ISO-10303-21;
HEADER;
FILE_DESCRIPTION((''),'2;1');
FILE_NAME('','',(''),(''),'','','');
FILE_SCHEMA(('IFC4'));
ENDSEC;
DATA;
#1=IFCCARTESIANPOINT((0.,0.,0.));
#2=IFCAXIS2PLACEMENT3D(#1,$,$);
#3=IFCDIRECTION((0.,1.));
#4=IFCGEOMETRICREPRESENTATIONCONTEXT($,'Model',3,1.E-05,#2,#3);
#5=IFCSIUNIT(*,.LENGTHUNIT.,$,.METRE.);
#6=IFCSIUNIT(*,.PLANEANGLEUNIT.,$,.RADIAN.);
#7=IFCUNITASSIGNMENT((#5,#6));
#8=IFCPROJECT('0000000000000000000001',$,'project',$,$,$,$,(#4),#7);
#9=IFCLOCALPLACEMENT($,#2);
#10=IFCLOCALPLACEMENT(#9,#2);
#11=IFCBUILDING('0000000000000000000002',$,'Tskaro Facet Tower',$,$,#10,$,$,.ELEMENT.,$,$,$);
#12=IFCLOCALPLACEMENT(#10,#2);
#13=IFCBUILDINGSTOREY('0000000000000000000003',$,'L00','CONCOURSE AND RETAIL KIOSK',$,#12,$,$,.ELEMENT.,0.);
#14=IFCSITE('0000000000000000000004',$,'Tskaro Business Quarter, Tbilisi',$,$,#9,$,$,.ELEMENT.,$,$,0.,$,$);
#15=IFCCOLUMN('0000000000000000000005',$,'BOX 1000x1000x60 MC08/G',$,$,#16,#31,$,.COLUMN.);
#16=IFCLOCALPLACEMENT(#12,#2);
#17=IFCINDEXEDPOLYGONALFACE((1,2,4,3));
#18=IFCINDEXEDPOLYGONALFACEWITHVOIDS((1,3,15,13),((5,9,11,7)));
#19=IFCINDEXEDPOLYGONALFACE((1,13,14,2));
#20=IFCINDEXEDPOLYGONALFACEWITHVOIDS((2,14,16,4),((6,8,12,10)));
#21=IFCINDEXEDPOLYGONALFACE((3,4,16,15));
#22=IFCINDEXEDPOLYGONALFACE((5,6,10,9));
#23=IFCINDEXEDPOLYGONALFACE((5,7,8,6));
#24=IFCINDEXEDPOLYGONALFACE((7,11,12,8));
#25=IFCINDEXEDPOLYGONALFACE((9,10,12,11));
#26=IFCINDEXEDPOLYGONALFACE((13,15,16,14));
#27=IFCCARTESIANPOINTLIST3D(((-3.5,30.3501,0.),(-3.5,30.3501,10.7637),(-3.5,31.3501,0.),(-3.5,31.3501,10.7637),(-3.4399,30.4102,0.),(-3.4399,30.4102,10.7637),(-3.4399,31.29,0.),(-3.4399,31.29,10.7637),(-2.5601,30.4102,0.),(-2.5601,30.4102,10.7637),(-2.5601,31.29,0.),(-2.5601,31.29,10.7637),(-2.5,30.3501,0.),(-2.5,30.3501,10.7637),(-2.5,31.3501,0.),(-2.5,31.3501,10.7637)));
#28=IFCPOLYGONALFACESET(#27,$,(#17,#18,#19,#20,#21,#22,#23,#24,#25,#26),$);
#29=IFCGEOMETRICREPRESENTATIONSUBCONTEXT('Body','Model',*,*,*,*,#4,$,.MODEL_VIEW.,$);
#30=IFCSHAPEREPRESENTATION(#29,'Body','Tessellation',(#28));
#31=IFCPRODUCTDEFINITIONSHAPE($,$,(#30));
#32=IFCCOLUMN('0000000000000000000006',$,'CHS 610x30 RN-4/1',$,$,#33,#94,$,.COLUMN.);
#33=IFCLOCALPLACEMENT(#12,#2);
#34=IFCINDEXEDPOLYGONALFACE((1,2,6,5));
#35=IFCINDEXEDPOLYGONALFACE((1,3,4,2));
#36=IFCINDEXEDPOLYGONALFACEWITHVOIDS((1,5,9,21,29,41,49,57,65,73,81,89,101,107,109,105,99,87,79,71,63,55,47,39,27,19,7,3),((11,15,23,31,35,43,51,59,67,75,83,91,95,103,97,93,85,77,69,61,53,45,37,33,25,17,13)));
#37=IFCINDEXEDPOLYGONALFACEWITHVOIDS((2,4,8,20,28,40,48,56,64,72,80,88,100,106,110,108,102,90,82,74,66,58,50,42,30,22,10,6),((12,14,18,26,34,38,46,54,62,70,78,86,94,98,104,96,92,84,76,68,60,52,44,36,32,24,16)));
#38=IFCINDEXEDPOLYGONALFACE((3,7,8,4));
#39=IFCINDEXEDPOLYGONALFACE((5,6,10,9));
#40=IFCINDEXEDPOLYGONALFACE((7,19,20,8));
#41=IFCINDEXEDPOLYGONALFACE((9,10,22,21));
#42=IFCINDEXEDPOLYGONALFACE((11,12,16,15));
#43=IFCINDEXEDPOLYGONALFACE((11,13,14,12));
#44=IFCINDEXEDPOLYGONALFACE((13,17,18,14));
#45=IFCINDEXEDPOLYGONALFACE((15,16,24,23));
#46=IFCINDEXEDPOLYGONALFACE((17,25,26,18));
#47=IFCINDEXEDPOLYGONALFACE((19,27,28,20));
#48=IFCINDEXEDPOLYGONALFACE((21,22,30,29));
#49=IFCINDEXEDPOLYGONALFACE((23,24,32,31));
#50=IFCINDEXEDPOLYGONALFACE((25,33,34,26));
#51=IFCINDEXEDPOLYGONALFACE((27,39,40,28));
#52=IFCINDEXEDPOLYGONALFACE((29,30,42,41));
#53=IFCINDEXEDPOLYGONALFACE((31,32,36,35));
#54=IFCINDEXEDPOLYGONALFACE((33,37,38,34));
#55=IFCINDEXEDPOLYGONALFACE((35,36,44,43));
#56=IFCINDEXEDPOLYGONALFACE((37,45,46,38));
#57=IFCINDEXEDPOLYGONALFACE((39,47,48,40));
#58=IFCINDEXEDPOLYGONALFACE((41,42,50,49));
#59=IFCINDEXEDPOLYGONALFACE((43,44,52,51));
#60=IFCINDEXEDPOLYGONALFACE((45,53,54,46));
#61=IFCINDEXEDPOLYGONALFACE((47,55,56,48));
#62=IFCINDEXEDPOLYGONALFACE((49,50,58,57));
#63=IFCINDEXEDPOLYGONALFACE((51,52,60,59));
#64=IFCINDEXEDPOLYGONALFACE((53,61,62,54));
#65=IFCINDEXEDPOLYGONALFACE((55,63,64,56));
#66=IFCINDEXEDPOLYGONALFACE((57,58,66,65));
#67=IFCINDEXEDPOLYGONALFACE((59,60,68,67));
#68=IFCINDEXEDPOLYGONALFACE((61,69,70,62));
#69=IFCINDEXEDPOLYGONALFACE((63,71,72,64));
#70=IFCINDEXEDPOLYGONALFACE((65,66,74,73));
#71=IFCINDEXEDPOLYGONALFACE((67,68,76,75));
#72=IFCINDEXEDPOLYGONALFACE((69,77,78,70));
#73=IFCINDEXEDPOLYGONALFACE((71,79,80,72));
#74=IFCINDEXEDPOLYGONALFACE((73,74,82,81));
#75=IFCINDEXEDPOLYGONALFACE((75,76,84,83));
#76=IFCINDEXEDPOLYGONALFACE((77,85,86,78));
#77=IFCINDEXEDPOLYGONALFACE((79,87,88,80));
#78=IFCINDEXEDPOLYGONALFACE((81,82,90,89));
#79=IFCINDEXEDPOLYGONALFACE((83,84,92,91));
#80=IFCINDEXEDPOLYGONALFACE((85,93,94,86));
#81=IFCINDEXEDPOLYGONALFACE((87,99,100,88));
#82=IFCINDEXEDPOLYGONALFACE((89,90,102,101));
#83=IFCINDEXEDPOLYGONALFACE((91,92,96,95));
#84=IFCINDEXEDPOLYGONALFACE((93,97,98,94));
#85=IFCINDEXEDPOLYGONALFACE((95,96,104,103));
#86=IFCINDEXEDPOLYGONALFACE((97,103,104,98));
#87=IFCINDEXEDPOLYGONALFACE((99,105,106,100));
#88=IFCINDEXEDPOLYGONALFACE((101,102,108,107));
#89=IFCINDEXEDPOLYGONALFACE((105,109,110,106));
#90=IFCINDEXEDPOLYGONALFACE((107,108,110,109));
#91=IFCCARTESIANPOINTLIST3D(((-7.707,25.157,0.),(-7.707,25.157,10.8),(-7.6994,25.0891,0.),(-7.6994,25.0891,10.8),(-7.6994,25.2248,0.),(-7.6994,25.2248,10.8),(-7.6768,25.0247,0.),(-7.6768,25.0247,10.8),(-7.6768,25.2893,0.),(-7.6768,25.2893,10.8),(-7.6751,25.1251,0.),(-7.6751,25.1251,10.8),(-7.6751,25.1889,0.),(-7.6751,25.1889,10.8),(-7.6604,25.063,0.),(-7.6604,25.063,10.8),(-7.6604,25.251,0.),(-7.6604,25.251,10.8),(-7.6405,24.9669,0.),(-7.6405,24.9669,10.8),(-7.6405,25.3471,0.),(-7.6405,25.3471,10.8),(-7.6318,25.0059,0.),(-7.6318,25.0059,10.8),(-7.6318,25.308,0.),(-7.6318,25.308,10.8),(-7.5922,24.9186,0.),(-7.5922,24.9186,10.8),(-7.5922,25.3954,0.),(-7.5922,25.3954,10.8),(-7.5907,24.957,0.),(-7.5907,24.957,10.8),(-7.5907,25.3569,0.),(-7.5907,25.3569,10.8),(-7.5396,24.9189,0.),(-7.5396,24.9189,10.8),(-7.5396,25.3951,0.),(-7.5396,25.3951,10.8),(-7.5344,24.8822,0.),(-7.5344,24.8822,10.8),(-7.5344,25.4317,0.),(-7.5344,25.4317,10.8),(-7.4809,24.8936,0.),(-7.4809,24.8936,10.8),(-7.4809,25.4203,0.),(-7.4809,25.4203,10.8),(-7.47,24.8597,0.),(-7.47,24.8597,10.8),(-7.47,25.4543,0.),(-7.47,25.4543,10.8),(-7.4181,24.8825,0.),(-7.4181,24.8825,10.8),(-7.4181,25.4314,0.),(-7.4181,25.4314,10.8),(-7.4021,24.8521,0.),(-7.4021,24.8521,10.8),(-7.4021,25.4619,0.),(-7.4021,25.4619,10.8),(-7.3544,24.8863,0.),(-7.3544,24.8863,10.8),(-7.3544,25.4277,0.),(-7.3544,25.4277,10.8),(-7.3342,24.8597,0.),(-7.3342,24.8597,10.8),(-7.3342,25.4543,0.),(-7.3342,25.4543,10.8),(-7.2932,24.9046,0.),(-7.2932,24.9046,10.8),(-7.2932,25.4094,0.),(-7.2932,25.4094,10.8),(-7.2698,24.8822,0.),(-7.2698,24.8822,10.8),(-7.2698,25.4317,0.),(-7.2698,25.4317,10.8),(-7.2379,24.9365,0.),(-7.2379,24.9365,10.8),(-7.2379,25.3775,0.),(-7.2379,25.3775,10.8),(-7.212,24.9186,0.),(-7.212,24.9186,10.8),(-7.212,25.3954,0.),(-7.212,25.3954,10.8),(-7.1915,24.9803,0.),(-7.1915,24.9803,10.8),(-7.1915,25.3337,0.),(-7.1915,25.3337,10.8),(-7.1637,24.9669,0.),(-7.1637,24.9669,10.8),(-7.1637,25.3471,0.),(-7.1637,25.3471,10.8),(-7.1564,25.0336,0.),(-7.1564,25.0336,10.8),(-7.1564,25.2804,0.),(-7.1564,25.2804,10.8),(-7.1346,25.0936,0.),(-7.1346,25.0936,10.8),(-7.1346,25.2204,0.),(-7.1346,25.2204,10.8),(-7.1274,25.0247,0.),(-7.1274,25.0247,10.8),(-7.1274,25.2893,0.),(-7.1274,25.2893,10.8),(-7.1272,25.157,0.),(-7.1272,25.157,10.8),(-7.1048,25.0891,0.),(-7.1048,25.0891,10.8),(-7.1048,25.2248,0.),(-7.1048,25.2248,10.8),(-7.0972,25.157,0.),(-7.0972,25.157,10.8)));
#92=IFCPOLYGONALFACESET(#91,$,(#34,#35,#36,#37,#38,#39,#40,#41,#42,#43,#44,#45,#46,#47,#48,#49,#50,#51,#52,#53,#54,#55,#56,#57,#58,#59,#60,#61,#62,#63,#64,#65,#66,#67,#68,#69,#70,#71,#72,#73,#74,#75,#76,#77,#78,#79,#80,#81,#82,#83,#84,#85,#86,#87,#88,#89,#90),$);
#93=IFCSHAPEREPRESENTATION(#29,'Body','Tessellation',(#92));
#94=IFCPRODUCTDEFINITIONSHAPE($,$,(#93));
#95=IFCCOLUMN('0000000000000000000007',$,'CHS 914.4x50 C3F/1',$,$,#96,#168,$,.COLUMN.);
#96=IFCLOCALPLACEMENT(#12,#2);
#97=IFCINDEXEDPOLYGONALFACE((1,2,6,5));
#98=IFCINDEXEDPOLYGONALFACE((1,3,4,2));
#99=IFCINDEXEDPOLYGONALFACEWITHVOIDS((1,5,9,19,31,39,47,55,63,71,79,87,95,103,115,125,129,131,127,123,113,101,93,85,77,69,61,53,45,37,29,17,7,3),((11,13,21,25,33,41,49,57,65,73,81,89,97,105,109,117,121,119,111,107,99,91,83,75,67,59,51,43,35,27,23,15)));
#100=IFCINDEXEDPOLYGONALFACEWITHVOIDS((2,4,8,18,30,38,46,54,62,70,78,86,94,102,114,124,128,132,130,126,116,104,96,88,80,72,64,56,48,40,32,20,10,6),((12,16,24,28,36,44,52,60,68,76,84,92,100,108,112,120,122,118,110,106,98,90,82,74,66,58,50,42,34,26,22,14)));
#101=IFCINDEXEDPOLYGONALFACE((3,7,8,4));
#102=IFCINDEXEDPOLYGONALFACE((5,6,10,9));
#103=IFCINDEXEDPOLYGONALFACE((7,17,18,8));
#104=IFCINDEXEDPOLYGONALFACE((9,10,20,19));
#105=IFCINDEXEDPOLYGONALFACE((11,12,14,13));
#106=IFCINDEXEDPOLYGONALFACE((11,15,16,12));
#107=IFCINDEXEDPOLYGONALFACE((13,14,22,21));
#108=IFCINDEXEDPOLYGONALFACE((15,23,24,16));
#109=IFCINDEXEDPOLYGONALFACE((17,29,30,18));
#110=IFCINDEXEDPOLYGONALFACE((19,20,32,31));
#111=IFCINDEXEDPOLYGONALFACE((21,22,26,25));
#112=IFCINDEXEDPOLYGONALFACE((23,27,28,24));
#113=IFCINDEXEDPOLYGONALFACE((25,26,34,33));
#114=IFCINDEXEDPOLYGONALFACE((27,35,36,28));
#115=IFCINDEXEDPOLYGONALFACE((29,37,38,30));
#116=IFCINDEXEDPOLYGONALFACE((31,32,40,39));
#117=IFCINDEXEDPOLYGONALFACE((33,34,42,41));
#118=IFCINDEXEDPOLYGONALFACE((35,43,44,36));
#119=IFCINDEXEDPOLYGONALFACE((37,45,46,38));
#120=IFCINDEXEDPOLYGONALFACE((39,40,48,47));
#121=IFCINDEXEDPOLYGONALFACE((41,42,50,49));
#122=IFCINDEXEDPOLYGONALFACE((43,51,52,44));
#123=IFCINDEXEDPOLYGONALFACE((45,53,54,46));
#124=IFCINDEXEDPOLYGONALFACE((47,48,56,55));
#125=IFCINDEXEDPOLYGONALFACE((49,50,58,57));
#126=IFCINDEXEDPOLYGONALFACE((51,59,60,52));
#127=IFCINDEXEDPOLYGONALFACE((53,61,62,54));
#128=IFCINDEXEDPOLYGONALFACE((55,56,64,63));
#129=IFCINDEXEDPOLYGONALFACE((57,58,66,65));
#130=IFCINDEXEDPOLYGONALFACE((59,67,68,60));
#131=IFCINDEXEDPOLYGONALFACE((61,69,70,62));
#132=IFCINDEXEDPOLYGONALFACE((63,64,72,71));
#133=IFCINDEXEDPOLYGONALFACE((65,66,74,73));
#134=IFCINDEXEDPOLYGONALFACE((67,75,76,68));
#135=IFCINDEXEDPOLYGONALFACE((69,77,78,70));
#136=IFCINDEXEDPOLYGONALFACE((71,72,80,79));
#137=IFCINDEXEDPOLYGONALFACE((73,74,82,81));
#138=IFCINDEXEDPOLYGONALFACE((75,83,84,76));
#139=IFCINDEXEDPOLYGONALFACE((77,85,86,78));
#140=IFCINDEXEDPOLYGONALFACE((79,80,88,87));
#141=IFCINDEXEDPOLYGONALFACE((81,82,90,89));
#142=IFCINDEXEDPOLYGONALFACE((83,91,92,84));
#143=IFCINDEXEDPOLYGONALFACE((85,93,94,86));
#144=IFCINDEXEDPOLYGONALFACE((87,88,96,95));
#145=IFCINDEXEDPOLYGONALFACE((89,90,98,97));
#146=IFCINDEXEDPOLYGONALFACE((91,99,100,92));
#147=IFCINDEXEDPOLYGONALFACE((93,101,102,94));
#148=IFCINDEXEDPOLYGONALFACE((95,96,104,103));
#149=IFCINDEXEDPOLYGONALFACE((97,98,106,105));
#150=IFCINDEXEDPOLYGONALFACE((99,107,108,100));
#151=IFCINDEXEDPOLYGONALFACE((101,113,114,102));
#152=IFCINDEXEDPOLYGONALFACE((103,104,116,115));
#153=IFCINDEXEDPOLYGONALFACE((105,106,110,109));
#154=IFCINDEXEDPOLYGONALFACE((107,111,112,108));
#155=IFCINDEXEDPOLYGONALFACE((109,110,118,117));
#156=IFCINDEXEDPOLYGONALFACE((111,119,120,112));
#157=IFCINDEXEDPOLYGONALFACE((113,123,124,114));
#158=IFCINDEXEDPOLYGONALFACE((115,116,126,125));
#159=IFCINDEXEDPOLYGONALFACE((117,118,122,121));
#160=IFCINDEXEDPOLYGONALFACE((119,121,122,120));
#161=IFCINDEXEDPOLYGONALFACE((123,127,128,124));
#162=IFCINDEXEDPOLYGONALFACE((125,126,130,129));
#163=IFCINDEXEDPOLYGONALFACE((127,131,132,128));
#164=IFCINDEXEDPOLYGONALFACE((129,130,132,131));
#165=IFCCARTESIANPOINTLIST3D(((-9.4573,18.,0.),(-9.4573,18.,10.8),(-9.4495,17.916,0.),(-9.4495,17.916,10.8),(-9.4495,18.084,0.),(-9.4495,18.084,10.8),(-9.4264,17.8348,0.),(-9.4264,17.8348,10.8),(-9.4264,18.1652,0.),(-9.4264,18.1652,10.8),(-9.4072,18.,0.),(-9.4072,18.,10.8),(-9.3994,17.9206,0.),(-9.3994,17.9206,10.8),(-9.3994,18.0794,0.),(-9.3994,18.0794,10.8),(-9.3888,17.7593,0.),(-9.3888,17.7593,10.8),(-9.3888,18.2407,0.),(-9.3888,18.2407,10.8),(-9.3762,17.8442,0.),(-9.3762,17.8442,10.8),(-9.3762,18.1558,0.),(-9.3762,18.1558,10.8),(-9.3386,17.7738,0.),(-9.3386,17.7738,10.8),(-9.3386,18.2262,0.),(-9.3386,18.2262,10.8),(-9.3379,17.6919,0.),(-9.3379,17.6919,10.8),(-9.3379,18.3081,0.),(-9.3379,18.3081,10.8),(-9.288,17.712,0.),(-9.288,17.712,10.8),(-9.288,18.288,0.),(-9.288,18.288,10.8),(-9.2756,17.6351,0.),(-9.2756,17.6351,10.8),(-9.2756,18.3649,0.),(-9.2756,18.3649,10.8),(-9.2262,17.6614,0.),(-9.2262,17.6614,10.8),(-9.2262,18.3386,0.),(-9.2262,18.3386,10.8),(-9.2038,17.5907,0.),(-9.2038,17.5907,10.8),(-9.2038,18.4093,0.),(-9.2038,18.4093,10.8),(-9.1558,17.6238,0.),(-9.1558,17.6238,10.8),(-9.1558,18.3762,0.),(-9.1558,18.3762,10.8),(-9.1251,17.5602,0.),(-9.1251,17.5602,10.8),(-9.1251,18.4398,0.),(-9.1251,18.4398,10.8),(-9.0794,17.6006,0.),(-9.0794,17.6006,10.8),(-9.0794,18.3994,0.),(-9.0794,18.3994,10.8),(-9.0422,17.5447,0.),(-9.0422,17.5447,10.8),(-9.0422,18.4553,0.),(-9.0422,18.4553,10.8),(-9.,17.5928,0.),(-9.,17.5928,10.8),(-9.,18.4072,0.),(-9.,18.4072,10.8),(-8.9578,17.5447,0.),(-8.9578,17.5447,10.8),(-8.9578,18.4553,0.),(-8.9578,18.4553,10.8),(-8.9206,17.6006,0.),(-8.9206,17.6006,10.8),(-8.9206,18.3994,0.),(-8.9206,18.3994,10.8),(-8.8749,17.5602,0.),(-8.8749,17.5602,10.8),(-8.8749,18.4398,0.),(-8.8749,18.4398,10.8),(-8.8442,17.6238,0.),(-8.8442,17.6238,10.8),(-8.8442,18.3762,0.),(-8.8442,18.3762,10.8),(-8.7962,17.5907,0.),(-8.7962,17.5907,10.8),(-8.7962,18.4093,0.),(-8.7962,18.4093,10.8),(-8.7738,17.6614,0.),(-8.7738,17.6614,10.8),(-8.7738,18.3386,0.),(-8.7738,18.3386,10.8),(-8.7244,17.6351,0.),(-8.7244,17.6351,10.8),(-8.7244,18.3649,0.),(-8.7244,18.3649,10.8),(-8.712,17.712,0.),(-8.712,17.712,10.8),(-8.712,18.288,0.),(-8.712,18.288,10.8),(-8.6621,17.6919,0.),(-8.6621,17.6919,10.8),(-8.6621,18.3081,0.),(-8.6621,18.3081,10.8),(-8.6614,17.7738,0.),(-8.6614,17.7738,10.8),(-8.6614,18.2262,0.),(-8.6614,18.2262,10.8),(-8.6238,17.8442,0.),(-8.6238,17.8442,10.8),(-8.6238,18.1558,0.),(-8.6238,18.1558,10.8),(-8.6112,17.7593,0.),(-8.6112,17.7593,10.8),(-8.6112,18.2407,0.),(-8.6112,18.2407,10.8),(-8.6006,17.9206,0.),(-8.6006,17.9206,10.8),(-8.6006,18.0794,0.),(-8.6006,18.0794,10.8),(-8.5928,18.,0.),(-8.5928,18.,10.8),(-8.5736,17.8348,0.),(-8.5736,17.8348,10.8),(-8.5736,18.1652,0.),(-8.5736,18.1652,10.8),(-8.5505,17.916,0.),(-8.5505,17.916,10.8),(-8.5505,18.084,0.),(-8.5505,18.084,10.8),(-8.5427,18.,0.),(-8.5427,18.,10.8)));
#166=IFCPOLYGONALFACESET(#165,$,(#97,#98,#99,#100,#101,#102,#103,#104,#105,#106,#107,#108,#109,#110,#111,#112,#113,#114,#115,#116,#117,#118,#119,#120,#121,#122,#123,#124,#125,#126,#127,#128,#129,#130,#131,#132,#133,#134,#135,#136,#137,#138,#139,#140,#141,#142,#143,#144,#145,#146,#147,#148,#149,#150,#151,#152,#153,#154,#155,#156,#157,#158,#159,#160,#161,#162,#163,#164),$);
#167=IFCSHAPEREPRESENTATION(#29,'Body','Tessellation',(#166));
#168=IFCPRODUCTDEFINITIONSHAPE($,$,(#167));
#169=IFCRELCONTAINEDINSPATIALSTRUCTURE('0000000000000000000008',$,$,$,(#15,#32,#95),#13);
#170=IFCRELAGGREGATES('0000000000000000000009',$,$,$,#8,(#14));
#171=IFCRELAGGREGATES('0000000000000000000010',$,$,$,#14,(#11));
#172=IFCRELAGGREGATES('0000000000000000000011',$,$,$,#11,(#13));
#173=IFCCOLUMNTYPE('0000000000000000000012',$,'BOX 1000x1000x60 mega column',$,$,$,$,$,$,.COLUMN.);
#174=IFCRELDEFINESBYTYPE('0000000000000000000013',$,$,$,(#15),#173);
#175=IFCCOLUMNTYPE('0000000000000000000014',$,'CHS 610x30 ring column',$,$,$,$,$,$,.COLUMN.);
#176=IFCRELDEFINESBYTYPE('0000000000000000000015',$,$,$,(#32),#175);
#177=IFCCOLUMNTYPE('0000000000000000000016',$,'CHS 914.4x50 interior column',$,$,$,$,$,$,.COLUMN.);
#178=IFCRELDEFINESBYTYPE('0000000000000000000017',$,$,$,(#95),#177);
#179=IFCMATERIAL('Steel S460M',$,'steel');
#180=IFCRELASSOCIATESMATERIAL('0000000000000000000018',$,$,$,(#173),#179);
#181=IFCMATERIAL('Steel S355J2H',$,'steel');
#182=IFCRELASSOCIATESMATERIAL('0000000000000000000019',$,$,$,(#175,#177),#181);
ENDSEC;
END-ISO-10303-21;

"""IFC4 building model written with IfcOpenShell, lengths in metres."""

from ifc_helpers import new_model, si_unit, direction, frame, origin, origin_2d, place, context, subcontext, project, spatial, hollow_rectangle, hollow_circle, extrude, material, material_profile, profile_set, type_object, element, save


model = new_model("IFC4")

# Units and contexts
model_context = context("Model", 3, precision=1e-05, world=origin(), true_north=direction((0.0, 1.0)))
body_context = subcontext(model_context, "Body", "Model", "MODEL_VIEW")
ifc_project = project(units=[si_unit("LENGTHUNIT", "METRE"), si_unit("PLANEANGLEUNIT", "RADIAN")], contexts=[model_context])

# Site, building, storey
site_placement = place(None, origin())
site = spatial("IfcSite", under=ifc_project, at=site_placement, Name="Tskaro Business Quarter, Tbilisi", CompositionType="ELEMENT", RefElevation=0.0)
building_placement = place(site_placement, origin())
building = spatial("IfcBuilding", under=site, at=building_placement, Name="Tskaro Facet Tower", CompositionType="ELEMENT")
storey_placement = place(building_placement, origin())
storey = spatial("IfcBuildingStorey", under=building, at=storey_placement, Name="L00", Description="CONCOURSE AND RETAIL KIOSK", CompositionType="ELEMENT", Elevation=0.0)

# Columns
ifc_material_1 = material(Name="Steel S460M", Category="steel")
ifc_material_profile_1 = material_profile(ifc_material_1, hollow_rectangle(XDim=1.0, YDim=1.0, WallThickness=0.0601, at=origin_2d()), Name="BOX 1000x1000x60")
ifc_profile_set_1 = profile_set([ifc_material_profile_1], Name="Steel S460M")
column_type_1 = type_object("IfcColumnType", Name="BOX 1000x1000x60 mega column", PredefinedType="COLUMN", material=ifc_profile_set_1)
column_1_placement = place(storey_placement, frame((-3.0, 30.8501, 0.0), z_axis=(0.0, 0.0, 1.0), x_axis=(1.0, 0.0, 0.0)))
element("IfcColumn", 1, at=column_1_placement, inside=storey, type_object=column_type_1, Name="BOX 1000x1000x60 MC08/G", PredefinedType="COLUMN", context=body_context, shape_type="SweptSolid", body=[
    extrude(hollow_rectangle(XDim=1.0, YDim=1.0, WallThickness=0.0601, at=origin_2d()), origin(), (0.0, 0.0, 1.0), 10.7637),
])
ifc_material_2 = material(Name="Steel S355J2H", Category="steel")
ifc_material_profile_2 = material_profile(ifc_material_2, hollow_circle(Radius=0.3049, WallThickness=0.03, at=origin_2d()), Name="CHS 610x30")
ifc_profile_set_2 = profile_set([ifc_material_profile_2], Name="Steel S355J2H")
column_type_2 = type_object("IfcColumnType", Name="CHS 610x30 ring column", PredefinedType="COLUMN", material=ifc_profile_set_2)
column_2_placement = place(storey_placement, frame((-7.4021, 25.157, 0.0), z_axis=(0.0, 0.0, 1.0), x_axis=(1.0, 0.0, 0.0)))
element("IfcColumn", 2, at=column_2_placement, inside=storey, type_object=column_type_2, Name="CHS 610x30 RN-4/1", PredefinedType="COLUMN", context=body_context, shape_type="SweptSolid", body=[
    extrude(hollow_circle(Radius=0.3049, WallThickness=0.03, at=origin_2d()), origin(), (0.0, 0.0, 1.0), 10.8),
])
ifc_material_profile_3 = material_profile(ifc_material_2, hollow_circle(Radius=0.4573, WallThickness=0.05, at=origin_2d()), Name="CHS 914.4x50")
ifc_profile_set_3 = profile_set([ifc_material_profile_3], Name="Steel S355J2H")
column_type_3 = type_object("IfcColumnType", Name="CHS 914.4x50 interior column", PredefinedType="COLUMN", material=ifc_profile_set_3)
column_3_placement = place(storey_placement, frame((-9.0, 18.0, 0.0), z_axis=(0.0, 0.0, 1.0), x_axis=(1.0, 0.0, 0.0)))
element("IfcColumn", 3, at=column_3_placement, inside=storey, type_object=column_type_3, Name="CHS 914.4x50 C3F/1", PredefinedType="COLUMN", context=body_context, shape_type="SweptSolid", body=[
    extrude(hollow_circle(Radius=0.4573, WallThickness=0.05, at=origin_2d()), origin(), (0.0, 0.0, 1.0), 10.8),
])

save(model, "model.ifc")
